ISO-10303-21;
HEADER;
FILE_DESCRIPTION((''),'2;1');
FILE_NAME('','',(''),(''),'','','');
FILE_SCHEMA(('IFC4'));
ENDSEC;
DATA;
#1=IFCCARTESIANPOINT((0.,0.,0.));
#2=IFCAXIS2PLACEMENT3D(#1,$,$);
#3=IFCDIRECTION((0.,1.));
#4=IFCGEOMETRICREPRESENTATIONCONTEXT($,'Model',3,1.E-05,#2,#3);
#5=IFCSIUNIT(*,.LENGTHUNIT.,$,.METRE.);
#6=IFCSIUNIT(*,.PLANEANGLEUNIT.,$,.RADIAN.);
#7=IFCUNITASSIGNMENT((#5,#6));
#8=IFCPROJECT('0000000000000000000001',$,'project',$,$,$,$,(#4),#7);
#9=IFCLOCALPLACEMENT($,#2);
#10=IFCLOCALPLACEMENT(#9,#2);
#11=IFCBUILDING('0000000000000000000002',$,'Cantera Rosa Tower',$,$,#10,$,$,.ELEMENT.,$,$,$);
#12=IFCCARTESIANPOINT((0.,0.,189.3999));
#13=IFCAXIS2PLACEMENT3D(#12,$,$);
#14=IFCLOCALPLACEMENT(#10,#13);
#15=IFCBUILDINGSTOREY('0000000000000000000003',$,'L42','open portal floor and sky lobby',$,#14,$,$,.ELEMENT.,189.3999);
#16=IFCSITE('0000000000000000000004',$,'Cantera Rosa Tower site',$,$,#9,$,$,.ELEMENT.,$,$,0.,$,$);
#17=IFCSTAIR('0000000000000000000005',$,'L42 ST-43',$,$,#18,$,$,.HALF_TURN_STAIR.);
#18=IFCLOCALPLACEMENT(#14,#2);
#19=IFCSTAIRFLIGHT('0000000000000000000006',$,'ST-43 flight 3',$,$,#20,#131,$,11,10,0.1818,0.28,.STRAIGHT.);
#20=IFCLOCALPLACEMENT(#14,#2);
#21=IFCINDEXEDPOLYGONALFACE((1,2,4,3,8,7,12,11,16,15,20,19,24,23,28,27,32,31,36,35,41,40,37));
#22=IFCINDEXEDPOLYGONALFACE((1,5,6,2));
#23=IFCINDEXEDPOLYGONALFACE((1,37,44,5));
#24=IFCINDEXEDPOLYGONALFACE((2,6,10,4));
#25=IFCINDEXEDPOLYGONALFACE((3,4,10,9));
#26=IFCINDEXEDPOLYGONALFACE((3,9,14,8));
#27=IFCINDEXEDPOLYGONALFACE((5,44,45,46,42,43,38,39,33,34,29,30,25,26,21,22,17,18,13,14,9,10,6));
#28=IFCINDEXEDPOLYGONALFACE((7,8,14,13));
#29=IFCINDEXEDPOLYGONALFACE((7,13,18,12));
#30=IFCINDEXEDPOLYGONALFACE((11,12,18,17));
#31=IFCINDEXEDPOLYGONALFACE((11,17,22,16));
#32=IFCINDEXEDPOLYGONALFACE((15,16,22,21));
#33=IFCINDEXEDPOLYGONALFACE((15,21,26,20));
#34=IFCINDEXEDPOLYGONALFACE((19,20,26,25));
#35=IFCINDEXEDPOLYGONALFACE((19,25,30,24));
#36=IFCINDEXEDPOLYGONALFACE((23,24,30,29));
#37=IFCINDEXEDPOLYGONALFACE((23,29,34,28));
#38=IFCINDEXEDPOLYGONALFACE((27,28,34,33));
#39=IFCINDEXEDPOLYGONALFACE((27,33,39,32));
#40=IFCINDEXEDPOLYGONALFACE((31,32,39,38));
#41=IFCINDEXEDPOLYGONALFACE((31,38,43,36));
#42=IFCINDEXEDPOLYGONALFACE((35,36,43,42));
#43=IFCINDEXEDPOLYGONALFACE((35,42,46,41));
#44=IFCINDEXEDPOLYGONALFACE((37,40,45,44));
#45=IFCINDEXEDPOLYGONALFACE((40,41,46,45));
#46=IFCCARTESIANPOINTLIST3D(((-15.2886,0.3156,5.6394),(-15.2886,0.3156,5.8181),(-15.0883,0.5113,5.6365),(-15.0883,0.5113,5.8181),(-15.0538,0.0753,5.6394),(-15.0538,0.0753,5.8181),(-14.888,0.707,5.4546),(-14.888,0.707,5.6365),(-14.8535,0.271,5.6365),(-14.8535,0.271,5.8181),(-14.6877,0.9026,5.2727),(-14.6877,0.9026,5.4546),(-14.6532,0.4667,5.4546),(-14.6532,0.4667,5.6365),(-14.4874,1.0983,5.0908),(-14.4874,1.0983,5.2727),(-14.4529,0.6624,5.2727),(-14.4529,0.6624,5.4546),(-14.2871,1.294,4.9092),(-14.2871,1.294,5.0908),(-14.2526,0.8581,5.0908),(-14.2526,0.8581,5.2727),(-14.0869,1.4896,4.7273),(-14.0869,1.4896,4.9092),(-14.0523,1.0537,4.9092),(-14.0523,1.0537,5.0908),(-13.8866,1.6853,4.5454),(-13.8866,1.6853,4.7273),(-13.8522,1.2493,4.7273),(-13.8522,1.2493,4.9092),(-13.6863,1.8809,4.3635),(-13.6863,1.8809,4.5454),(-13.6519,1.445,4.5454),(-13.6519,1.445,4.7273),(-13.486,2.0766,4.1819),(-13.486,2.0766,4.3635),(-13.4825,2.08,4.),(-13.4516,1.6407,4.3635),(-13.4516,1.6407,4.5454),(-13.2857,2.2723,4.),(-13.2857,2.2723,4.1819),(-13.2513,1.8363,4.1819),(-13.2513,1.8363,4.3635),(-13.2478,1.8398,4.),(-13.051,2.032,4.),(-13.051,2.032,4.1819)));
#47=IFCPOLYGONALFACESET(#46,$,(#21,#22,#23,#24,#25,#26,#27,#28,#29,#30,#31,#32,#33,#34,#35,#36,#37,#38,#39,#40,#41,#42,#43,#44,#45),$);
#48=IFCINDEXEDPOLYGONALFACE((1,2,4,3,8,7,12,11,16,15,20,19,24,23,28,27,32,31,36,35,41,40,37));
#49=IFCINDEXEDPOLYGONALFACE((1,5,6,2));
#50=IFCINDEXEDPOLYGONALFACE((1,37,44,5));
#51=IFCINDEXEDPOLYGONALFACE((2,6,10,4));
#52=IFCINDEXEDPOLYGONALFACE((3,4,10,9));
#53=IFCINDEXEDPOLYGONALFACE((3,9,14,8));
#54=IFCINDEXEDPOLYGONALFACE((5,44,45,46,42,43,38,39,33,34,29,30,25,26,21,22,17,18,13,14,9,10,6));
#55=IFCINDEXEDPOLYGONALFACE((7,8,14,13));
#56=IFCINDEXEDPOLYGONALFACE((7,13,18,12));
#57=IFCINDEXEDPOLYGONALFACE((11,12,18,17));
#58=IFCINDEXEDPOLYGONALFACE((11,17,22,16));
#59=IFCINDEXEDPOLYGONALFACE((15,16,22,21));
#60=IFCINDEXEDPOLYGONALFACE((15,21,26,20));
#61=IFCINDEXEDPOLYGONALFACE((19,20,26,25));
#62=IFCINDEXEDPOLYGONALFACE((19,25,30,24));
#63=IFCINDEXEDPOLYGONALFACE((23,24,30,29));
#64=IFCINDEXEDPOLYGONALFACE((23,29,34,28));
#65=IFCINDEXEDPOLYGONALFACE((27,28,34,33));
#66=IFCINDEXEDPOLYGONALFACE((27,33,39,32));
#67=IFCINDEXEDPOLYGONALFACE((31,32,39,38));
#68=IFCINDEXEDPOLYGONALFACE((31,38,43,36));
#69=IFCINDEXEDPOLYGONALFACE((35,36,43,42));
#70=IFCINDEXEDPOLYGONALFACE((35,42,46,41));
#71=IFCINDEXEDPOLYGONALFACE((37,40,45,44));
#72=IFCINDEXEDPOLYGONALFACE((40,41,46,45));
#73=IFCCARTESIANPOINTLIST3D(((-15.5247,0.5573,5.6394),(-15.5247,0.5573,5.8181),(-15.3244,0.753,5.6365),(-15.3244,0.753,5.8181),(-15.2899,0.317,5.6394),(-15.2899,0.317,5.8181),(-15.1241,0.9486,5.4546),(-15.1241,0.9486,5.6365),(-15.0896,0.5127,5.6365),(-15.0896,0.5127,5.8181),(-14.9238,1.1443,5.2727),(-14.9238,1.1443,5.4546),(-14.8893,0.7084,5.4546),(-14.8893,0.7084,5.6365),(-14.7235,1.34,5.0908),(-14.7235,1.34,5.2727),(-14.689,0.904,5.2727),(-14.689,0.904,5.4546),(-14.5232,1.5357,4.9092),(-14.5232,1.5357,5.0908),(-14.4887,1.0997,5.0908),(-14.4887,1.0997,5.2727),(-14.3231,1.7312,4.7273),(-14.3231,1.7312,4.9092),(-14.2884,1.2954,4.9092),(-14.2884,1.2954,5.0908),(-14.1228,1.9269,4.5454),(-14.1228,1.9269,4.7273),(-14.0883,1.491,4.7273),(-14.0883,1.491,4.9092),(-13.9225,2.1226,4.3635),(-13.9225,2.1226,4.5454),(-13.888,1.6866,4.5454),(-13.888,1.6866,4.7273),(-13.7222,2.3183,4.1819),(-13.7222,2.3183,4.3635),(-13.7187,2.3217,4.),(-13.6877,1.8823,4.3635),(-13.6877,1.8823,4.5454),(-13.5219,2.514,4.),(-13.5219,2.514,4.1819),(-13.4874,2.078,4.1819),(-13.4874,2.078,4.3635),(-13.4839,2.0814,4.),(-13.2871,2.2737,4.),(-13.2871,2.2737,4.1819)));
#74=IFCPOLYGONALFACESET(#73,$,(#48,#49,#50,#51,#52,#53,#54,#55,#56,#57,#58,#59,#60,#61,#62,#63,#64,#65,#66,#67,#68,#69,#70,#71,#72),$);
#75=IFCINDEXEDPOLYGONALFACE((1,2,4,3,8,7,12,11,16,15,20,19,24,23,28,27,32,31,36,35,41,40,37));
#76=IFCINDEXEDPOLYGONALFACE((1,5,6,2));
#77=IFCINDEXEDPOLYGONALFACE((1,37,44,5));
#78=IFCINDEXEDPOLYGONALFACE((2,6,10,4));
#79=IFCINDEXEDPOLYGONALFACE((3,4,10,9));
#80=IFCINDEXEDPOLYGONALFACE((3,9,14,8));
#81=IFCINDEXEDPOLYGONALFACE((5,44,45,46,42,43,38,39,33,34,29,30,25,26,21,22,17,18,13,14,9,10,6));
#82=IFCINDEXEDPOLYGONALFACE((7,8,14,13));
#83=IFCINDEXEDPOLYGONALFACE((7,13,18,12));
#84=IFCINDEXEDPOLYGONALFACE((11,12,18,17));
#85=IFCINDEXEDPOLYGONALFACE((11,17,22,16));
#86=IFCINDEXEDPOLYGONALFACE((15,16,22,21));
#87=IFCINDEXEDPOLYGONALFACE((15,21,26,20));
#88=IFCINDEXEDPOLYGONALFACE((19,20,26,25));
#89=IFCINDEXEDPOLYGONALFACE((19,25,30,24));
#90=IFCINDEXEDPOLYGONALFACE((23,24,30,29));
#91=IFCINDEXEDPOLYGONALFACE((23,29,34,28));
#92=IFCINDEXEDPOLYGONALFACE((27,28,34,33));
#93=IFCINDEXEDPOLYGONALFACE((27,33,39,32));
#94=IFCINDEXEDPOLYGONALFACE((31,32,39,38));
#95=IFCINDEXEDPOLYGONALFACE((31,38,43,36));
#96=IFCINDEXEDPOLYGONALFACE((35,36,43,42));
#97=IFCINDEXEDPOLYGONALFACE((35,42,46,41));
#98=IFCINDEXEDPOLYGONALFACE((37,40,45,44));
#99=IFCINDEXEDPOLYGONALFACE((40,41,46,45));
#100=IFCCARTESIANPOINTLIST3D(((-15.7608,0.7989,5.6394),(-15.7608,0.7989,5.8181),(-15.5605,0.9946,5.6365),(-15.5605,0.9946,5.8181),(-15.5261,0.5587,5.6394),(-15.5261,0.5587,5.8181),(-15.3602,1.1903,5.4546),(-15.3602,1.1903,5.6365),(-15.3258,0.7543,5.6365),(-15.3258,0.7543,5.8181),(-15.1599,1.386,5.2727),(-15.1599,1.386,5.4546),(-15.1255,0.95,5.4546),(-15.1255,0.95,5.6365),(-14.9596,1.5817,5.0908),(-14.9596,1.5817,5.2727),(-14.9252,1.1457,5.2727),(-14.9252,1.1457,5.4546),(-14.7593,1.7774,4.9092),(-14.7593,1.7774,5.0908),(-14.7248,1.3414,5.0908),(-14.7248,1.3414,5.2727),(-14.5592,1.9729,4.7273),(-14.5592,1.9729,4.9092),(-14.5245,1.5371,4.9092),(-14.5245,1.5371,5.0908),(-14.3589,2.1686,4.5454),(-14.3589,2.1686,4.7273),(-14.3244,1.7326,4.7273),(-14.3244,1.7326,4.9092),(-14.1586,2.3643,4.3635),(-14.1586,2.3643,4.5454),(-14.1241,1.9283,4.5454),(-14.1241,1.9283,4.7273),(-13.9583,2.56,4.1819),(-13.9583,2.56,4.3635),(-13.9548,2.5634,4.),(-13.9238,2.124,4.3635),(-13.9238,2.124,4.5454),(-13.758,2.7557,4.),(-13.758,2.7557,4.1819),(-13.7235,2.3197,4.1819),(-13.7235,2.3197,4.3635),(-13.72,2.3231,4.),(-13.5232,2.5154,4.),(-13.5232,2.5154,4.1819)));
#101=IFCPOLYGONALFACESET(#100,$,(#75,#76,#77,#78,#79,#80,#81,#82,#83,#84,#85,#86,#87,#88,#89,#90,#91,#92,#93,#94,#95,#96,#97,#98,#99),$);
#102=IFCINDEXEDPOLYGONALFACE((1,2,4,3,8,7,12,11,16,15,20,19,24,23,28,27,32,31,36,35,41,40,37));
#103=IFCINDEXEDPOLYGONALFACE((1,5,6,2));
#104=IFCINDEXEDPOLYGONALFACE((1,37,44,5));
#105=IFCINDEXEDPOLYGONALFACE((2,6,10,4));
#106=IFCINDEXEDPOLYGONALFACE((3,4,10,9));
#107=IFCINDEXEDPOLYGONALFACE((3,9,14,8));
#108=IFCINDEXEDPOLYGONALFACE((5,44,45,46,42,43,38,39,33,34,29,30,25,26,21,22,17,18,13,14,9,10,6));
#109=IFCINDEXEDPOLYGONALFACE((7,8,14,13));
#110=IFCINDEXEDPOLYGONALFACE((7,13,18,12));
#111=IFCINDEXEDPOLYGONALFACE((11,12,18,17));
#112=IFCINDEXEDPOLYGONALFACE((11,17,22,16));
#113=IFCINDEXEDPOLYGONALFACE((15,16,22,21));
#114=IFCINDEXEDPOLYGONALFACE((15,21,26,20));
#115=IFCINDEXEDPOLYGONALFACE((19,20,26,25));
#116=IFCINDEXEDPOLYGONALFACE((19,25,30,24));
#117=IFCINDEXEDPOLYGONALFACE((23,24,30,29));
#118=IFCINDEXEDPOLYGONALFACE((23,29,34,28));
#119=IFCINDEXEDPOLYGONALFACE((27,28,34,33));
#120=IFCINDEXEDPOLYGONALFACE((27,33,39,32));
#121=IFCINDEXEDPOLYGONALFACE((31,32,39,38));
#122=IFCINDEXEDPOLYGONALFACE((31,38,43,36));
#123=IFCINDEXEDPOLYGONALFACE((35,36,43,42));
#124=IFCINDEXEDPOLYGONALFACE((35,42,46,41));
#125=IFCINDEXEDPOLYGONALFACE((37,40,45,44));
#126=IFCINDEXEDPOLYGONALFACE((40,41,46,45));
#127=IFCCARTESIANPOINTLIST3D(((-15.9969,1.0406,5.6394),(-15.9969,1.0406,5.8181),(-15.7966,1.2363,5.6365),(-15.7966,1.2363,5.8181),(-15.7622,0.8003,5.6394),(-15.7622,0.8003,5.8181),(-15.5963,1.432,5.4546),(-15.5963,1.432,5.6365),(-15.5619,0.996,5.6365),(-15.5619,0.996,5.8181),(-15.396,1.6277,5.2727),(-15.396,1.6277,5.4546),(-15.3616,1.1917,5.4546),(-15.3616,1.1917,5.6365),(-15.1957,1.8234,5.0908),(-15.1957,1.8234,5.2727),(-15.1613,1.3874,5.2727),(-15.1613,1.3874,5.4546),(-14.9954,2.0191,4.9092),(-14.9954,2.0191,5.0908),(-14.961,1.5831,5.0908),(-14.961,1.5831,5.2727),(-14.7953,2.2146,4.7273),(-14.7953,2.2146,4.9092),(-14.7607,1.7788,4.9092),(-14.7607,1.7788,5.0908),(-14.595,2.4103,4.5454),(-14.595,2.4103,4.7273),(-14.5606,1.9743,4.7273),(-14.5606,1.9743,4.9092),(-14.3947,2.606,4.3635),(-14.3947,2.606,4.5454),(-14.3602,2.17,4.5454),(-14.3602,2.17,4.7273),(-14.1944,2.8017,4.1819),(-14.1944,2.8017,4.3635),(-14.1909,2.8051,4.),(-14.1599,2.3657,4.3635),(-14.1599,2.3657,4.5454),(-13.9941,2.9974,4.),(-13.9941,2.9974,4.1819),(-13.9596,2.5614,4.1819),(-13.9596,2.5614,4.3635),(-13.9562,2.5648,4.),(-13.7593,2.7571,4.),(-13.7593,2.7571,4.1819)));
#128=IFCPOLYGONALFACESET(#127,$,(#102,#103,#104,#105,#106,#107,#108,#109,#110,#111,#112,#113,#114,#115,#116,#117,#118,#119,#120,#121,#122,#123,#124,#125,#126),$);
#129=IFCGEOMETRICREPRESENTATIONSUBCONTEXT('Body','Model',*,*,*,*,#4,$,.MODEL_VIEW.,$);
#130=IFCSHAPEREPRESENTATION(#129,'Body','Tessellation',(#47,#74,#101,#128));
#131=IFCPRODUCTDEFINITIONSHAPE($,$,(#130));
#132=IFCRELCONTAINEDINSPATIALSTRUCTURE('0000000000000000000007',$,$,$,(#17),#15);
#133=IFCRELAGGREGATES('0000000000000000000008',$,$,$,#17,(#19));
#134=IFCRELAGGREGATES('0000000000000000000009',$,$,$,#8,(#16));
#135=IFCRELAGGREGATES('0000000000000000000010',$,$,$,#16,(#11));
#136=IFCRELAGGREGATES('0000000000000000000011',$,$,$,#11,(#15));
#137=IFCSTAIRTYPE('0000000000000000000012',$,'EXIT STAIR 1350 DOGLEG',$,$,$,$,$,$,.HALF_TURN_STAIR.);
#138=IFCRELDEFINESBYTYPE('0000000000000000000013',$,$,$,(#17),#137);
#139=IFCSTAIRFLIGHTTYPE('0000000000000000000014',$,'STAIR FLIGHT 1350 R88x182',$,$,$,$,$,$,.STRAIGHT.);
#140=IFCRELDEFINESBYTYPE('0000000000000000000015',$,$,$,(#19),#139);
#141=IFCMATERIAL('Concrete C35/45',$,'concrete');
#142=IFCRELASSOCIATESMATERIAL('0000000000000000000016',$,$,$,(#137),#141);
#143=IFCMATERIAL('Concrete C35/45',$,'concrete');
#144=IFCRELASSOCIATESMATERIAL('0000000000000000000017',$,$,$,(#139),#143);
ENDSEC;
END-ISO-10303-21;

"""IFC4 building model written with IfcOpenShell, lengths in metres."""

from ifc_helpers import new_model, si_unit, direction, frame, origin, place, context, subcontext, project, spatial, polyline, outline, extrude, material, type_object, element, aggregate, save


model = new_model("IFC4")

# Units and contexts
model_context = context("Model", 3, precision=1e-05, world=origin(), true_north=direction((0.0, 1.0)))
body_context = subcontext(model_context, "Body", "Model", "MODEL_VIEW")
ifc_project = project(units=[si_unit("LENGTHUNIT", "METRE"), si_unit("PLANEANGLEUNIT", "RADIAN")], contexts=[model_context])

# Site, building, storey
site_placement = place(None, origin())
site = spatial("IfcSite", under=ifc_project, at=site_placement, Name="Cantera Rosa Tower site", CompositionType="ELEMENT", RefElevation=0.0)
building_placement = place(site_placement, origin())
building = spatial("IfcBuilding", under=site, at=building_placement, Name="Cantera Rosa Tower", CompositionType="ELEMENT")
storey_placement = place(building_placement, frame((0.0, 0.0, 189.3999)))
storey = spatial("IfcBuildingStorey", under=building, at=storey_placement, Name="L42", Description="open portal floor and sky lobby", CompositionType="ELEMENT", Elevation=189.3999)

# Stair, stair flight
ifc_material_1 = material(Name="Concrete C35/45", Category="concrete")
stair_type = type_object("IfcStairType", Name="EXIT STAIR 1350 DOGLEG", PredefinedType="HALF_TURN_STAIR", material=ifc_material_1)
stair_placement = place(storey_placement, origin())
stair = element("IfcStair", 1, at=stair_placement, inside=storey, type_object=stair_type, Name="L42 ST-43", PredefinedType="HALF_TURN_STAIR")
ifc_material_2 = material(Name="Concrete C35/45", Category="concrete")
stair_flight_type = type_object("IfcStairFlightType", Name="STAIR FLIGHT 1350 R88x182", PredefinedType="STRAIGHT", material=ifc_material_2)
stair_flight_1_placement = place(storey_placement, frame((-13.5227, 2.5149, 4.0), z_axis=(0.0, 0.0, 1.0), x_axis=(-0.715286, -0.698832, 0.0)))
stair_flight_1 = element("IfcStairFlight", 2, at=stair_flight_1_placement, type_object=stair_flight_type, Name="ST-43 flight 3", NumberOfRisers=11, NumberOfTreads=10, PredefinedType="STRAIGHT", RiserHeight=0.1818, TreadLength=0.28, context=body_context, shape_type="SweptSolid", body=[
    extrude(outline(polyline([(0.0, 0.0), (0.0, 0.1819), (0.28, 0.1819), (0.28, 0.3635), (0.5601, 0.3635), (0.5601, 0.5454), (0.8401, 0.5454), (0.8401, 0.7273), (1.1201, 0.7273), (1.1201, 0.9092), (1.3999, 0.9092), (1.3999, 1.0908), (1.6799, 1.0908), (1.6799, 1.2727), (1.96, 1.2727), (1.96, 1.4546), (2.24, 1.4546), (2.24, 1.6365), (2.52, 1.6365), (2.52, 1.8181), (2.8, 1.8181), (2.8, 2.0), (2.8, 1.6394), (0.2751, 0.0), (0.0, 0.0)])), frame((0.0, 0.675, 0.0), z_axis=(0.0, -1.0, 0.0), x_axis=(1.0, 0.0, 0.0)), (0.0, 0.0, 1.0), 0.3359),
    extrude(outline(polyline([(0.0, 0.0), (0.0, 0.1819), (0.28, 0.1819), (0.28, 0.3635), (0.5601, 0.3635), (0.5601, 0.5454), (0.8401, 0.5454), (0.8401, 0.7273), (1.1201, 0.7273), (1.1201, 0.9092), (1.3999, 0.9092), (1.3999, 1.0908), (1.6799, 1.0908), (1.6799, 1.2727), (1.96, 1.2727), (1.96, 1.4546), (2.24, 1.4546), (2.24, 1.6365), (2.52, 1.6365), (2.52, 1.8181), (2.8, 1.8181), (2.8, 2.0), (2.8, 1.6394), (0.2751, 0.0), (0.0, 0.0)])), frame((0.0, 0.3372, 0.0), z_axis=(0.0, -1.0, 0.0), x_axis=(1.0, 0.0, 0.0)), (0.0, 0.0, 1.0), 0.3359),
    extrude(outline(polyline([(0.0, 0.0), (0.0, 0.1819), (0.28, 0.1819), (0.28, 0.3635), (0.5601, 0.3635), (0.5601, 0.5454), (0.8401, 0.5454), (0.8401, 0.7273), (1.1201, 0.7273), (1.1201, 0.9092), (1.3999, 0.9092), (1.3999, 1.0908), (1.6799, 1.0908), (1.6799, 1.2727), (1.96, 1.2727), (1.96, 1.4546), (2.24, 1.4546), (2.24, 1.6365), (2.52, 1.6365), (2.52, 1.8181), (2.8, 1.8181), (2.8, 2.0), (2.8, 1.6394), (0.2751, 0.0), (0.0, 0.0)])), frame((0.0, -0.0007, 0.0), z_axis=(0.0, -1.0, 0.0), x_axis=(1.0, 0.0, 0.0)), (0.0, 0.0, 1.0), 0.3359),
    extrude(outline(polyline([(0.0, 0.0), (0.0, 0.1819), (0.28, 0.1819), (0.28, 0.3635), (0.5601, 0.3635), (0.5601, 0.5454), (0.8401, 0.5454), (0.8401, 0.7273), (1.1201, 0.7273), (1.1201, 0.9092), (1.3999, 0.9092), (1.3999, 1.0908), (1.6799, 1.0908), (1.6799, 1.2727), (1.96, 1.2727), (1.96, 1.4546), (2.24, 1.4546), (2.24, 1.6365), (2.52, 1.6365), (2.52, 1.8181), (2.8, 1.8181), (2.8, 2.0), (2.8, 1.6394), (0.2751, 0.0), (0.0, 0.0)])), frame((0.0, -0.3386, 0.0), z_axis=(0.0, -1.0, 0.0), x_axis=(1.0, 0.0, 0.0)), (0.0, 0.0, 1.0), 0.3359),
])
aggregate(stair, [stair_flight_1])

save(model, "model.ifc")
